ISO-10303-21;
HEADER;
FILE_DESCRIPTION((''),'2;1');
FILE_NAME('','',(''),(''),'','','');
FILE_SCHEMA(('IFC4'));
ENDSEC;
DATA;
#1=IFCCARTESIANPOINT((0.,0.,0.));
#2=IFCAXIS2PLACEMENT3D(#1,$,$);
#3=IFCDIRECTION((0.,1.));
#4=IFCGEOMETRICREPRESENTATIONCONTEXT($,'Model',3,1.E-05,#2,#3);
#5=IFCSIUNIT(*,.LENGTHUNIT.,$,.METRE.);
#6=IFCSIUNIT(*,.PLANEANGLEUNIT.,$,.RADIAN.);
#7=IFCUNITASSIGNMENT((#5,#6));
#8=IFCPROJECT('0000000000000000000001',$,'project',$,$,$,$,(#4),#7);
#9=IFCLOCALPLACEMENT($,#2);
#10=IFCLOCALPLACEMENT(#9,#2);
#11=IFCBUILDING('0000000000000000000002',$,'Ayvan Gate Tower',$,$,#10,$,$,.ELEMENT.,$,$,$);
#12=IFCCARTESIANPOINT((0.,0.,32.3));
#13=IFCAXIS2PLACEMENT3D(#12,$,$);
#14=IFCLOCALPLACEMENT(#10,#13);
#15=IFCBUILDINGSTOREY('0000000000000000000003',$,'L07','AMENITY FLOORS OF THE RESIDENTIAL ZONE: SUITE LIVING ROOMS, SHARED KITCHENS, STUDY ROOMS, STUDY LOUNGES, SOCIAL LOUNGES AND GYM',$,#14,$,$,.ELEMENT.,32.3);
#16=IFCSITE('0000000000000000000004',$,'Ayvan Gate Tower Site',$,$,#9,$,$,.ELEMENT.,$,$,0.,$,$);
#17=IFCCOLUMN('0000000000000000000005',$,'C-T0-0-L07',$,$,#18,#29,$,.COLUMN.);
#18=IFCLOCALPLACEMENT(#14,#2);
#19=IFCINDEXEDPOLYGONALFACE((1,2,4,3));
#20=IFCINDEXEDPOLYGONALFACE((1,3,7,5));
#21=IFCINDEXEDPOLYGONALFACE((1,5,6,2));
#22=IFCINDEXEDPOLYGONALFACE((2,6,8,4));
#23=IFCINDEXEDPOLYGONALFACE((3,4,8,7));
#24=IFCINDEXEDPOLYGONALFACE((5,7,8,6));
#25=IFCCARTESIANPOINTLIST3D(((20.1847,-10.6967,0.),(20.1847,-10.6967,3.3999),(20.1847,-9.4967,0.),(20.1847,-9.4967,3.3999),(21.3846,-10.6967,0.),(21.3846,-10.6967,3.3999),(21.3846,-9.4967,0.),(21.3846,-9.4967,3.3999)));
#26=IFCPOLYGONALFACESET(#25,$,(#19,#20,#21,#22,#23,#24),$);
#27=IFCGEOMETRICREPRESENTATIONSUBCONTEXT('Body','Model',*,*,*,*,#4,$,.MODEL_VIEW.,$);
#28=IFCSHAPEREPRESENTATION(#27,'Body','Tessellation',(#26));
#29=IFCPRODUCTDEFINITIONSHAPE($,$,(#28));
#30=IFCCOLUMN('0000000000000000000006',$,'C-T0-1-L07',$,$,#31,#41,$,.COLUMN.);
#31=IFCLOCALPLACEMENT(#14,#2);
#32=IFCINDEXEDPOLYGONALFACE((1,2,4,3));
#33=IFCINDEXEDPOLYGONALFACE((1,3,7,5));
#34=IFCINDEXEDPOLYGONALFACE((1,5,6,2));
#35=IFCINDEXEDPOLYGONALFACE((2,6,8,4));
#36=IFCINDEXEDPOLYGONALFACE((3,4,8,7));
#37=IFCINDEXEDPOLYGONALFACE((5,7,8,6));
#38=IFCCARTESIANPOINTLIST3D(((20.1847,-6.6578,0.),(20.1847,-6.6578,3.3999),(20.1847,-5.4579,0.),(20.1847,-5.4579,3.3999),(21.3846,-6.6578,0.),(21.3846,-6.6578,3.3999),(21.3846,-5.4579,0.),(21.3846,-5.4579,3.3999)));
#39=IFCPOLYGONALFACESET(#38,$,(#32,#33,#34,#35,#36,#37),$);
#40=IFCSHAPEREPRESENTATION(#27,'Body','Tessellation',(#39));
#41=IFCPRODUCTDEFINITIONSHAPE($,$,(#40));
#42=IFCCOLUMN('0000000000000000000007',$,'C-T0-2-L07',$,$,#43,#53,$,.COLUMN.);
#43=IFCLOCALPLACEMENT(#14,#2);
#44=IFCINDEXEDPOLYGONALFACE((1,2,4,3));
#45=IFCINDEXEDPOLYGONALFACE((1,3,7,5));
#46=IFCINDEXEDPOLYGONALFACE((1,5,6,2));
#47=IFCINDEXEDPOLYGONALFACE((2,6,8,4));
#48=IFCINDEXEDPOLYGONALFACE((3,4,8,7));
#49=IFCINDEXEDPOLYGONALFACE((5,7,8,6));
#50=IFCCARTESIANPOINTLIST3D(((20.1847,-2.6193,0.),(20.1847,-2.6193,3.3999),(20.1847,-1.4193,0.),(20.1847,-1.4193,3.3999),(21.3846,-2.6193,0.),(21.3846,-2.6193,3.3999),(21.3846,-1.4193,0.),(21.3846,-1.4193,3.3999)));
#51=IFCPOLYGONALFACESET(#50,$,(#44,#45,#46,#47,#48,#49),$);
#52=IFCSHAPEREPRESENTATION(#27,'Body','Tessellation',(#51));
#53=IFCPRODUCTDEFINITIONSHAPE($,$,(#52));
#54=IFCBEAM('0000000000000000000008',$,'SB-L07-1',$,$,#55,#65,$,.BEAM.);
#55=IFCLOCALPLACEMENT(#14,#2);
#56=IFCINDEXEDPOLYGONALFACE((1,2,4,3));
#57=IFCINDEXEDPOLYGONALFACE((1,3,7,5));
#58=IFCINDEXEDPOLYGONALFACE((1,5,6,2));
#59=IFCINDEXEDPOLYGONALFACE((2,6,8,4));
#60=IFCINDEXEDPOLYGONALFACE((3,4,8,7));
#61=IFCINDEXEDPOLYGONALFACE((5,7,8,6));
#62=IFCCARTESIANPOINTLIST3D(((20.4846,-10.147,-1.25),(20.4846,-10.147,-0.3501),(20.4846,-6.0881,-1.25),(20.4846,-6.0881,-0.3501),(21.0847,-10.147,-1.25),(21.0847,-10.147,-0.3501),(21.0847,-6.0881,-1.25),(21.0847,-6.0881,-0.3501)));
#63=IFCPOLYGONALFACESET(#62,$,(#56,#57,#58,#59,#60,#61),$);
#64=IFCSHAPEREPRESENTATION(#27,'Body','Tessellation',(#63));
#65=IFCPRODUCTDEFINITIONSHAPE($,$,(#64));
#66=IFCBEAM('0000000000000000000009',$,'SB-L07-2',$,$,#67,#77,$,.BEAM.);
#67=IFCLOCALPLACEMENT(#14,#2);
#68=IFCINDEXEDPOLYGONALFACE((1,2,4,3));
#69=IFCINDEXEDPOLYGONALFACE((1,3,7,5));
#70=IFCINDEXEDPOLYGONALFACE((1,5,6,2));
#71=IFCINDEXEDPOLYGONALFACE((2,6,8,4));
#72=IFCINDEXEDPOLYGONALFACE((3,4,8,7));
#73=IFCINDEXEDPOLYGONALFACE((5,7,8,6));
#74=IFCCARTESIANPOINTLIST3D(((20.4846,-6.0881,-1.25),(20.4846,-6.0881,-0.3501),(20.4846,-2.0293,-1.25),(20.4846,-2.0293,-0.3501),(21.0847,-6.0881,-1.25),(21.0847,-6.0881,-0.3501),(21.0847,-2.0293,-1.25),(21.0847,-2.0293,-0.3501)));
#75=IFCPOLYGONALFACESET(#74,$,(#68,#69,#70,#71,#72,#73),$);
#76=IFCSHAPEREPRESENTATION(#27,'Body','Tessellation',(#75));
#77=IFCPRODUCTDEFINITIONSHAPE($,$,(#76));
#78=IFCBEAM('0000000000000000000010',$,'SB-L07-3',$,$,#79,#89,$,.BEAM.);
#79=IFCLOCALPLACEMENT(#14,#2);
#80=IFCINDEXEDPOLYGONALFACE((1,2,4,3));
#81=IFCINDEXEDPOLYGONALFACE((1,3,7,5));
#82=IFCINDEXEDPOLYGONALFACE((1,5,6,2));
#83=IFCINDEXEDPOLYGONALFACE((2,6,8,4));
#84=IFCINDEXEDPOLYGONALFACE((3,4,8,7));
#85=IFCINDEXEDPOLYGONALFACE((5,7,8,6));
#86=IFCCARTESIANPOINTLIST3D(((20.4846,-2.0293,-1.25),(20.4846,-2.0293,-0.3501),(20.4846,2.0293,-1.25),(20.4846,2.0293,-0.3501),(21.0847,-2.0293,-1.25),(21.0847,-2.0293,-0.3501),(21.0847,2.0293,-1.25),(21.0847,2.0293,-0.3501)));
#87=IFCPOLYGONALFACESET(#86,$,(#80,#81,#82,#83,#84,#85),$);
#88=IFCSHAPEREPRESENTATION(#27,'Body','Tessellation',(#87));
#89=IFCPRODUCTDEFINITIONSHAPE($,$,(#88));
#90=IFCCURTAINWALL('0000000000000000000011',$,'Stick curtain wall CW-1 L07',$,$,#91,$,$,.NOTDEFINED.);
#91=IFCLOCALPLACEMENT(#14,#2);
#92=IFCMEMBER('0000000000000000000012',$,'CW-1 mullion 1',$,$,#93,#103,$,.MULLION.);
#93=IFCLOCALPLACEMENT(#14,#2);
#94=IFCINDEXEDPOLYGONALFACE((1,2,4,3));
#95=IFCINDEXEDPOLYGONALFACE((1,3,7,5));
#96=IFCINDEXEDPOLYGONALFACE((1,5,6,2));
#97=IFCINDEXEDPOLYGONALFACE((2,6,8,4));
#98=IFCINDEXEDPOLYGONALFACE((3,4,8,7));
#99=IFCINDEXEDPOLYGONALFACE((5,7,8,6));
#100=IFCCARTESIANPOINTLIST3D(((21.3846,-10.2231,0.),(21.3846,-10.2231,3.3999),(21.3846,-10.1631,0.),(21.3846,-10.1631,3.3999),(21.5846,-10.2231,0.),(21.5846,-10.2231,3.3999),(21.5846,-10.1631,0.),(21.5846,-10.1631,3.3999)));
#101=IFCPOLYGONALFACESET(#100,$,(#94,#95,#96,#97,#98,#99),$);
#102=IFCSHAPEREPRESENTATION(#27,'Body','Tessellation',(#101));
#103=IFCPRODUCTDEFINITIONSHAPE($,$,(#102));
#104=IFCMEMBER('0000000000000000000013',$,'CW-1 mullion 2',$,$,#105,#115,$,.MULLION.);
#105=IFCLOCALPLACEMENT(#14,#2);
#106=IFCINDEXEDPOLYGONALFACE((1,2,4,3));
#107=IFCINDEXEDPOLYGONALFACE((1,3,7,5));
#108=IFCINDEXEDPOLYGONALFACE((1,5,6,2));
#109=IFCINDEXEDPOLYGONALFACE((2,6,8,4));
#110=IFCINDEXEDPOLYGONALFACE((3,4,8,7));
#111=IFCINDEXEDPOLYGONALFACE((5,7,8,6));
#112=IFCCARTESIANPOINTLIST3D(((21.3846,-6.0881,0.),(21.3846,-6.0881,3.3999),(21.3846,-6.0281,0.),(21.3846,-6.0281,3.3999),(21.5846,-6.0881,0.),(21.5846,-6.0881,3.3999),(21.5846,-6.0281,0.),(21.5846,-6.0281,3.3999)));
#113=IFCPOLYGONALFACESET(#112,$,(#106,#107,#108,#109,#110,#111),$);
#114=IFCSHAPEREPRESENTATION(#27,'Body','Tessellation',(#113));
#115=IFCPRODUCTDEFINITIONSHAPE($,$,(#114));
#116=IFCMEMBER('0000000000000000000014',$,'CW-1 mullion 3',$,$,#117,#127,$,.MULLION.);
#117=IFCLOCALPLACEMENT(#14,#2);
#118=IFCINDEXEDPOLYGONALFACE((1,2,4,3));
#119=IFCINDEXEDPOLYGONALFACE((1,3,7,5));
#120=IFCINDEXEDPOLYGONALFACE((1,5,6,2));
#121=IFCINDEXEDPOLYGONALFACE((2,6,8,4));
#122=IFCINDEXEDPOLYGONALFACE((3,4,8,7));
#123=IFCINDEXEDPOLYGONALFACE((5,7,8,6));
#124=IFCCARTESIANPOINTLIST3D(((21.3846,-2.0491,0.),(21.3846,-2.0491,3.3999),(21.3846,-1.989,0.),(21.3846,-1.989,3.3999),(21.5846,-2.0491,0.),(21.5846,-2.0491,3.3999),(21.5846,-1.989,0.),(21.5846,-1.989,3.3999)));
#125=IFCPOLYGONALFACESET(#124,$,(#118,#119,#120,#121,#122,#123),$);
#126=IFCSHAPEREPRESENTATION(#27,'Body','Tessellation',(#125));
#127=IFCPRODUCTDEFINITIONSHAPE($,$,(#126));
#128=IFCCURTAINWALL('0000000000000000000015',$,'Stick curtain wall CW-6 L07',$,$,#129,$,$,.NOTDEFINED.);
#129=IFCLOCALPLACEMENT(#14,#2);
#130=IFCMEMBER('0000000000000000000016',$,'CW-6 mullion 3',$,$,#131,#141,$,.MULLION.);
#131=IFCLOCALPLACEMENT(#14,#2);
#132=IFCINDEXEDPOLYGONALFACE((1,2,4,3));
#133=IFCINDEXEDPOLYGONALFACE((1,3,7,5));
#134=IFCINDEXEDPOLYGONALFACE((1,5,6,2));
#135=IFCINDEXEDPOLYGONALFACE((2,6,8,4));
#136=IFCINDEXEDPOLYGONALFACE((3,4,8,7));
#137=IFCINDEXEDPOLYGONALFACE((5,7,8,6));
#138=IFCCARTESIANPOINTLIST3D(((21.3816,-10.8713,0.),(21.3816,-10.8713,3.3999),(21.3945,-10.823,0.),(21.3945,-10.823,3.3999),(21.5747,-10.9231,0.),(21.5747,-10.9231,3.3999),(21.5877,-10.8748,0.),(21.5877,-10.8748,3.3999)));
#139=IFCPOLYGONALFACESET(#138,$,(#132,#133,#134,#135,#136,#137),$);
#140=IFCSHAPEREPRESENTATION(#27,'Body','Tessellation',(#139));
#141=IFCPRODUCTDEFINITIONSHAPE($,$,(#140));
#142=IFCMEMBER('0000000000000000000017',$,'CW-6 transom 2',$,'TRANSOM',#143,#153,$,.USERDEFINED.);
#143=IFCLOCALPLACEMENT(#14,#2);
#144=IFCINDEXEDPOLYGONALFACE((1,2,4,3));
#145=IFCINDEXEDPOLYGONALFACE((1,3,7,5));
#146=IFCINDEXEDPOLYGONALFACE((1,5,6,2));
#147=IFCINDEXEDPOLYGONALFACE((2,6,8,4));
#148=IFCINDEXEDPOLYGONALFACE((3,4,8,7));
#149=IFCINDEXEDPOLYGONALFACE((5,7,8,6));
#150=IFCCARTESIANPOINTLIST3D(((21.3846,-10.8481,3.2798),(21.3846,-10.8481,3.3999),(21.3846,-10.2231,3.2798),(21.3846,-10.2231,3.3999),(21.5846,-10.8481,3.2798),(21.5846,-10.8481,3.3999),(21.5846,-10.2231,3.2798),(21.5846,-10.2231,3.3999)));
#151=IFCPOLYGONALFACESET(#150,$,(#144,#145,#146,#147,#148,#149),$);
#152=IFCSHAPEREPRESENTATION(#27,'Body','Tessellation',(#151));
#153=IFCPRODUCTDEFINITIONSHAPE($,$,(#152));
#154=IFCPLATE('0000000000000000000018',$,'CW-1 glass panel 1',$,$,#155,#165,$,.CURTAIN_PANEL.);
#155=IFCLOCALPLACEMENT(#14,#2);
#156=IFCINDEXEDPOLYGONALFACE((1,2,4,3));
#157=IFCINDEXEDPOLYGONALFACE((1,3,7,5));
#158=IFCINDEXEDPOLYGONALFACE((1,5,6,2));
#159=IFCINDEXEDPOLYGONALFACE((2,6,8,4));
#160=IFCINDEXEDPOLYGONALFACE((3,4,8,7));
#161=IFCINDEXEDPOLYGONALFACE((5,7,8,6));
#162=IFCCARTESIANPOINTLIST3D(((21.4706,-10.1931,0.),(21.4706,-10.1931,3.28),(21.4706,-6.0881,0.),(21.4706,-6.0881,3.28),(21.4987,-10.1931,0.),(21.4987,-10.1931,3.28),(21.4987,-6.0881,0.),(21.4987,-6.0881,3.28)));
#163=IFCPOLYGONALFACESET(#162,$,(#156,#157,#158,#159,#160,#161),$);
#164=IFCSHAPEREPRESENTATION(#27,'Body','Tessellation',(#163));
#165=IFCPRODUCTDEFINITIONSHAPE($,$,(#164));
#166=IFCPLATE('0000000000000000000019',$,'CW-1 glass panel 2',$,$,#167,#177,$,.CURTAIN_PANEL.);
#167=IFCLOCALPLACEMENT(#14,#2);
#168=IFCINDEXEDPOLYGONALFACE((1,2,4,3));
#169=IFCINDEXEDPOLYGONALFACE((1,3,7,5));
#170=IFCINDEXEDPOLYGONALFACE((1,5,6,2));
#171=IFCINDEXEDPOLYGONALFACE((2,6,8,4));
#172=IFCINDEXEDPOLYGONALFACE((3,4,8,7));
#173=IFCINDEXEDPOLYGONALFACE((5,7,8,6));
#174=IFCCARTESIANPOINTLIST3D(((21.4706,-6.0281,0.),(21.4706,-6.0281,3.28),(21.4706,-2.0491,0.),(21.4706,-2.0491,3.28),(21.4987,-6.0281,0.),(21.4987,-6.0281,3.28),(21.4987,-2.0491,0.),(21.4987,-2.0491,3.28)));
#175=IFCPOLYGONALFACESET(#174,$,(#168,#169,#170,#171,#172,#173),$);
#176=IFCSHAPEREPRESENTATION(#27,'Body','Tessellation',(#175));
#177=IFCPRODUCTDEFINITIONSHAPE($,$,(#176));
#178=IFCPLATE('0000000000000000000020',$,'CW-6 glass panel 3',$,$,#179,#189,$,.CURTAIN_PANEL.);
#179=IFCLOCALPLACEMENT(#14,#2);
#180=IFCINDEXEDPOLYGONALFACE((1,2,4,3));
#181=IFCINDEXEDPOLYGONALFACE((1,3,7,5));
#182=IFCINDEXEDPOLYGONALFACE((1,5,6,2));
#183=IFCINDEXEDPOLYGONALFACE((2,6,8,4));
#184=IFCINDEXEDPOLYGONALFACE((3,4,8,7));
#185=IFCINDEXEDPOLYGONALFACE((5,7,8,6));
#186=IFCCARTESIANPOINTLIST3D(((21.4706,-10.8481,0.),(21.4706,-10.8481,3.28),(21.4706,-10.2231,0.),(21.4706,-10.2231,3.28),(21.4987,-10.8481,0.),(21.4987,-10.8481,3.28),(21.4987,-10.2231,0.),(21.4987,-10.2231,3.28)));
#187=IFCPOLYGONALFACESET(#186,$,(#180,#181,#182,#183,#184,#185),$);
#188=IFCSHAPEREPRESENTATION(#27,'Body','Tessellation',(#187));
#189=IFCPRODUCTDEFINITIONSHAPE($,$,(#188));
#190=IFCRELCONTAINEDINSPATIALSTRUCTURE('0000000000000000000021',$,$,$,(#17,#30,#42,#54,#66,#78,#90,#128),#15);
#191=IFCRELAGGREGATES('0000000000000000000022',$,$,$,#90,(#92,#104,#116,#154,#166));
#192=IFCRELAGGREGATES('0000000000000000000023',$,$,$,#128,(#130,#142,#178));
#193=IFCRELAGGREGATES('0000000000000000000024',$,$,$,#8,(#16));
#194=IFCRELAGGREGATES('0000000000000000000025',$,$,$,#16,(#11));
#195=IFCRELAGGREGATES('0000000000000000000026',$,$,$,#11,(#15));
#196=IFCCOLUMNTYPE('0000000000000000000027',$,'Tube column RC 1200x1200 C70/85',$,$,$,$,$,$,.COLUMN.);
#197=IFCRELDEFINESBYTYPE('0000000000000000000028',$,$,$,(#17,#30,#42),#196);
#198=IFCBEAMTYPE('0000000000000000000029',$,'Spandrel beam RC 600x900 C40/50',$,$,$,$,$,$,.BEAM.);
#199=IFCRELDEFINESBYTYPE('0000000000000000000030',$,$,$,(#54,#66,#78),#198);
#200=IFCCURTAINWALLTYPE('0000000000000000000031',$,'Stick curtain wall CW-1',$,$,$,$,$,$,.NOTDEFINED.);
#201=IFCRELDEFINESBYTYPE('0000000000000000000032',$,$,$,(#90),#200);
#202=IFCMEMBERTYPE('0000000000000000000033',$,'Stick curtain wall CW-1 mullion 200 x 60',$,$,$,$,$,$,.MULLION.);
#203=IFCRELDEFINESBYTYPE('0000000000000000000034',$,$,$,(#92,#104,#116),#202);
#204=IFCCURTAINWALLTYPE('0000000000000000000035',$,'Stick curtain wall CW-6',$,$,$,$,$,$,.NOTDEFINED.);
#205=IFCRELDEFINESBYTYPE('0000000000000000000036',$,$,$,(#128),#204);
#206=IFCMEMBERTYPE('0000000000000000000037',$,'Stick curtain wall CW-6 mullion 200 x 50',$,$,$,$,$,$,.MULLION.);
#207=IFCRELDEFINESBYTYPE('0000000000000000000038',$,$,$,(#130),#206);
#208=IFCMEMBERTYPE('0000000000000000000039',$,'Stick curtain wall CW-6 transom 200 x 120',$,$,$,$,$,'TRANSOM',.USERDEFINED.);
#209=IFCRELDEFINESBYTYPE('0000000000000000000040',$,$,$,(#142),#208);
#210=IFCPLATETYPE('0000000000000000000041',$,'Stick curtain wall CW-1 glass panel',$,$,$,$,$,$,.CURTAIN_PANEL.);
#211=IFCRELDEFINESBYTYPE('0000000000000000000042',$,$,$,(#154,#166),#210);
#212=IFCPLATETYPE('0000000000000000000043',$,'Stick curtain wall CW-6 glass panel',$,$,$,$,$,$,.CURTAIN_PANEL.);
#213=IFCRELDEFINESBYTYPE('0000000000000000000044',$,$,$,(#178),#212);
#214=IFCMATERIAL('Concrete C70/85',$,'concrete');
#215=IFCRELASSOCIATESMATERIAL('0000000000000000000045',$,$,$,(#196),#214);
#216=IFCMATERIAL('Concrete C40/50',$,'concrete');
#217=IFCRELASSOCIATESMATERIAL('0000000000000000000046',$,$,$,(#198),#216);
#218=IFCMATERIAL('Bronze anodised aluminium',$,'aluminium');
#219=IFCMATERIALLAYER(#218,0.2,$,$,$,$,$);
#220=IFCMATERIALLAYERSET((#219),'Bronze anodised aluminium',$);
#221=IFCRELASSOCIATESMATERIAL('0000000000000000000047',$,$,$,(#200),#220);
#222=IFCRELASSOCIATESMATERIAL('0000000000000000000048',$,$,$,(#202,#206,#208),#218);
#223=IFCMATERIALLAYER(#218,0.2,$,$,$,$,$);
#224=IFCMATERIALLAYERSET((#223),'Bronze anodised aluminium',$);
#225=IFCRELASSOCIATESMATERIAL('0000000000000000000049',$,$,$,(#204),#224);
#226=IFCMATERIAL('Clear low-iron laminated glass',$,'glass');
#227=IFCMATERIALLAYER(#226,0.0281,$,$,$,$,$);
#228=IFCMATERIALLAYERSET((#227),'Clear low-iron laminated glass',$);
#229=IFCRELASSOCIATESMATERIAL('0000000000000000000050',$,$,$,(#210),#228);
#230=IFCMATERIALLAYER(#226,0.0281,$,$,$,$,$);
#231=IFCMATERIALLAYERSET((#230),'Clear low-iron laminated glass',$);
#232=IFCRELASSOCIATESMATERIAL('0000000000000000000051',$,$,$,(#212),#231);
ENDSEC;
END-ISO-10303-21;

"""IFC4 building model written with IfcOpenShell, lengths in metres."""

from ifc_helpers import new_model, si_unit, direction, frame, origin, origin_2d, place, context, subcontext, project, spatial, rectangle, extrude, material, layer, layer_set, material_profile, profile_set, type_object, element, aggregate, save


model = new_model("IFC4")

# Units and contexts
model_context = context("Model", 3, precision=1e-05, world=origin(), true_north=direction((0.0, 1.0)))
body_context = subcontext(model_context, "Body", "Model", "MODEL_VIEW")
ifc_project = project(units=[si_unit("LENGTHUNIT", "METRE"), si_unit("PLANEANGLEUNIT", "RADIAN")], contexts=[model_context])

# Site, building, storey
site_placement = place(None, origin())
site = spatial("IfcSite", under=ifc_project, at=site_placement, Name="Ayvan Gate Tower Site", CompositionType="ELEMENT", RefElevation=0.0)
building_placement = place(site_placement, origin())
building = spatial("IfcBuilding", under=site, at=building_placement, Name="Ayvan Gate Tower", CompositionType="ELEMENT")
storey_placement = place(building_placement, frame((0.0, 0.0, 32.3)))
storey = spatial("IfcBuildingStorey", under=building, at=storey_placement, Name="L07", Description="AMENITY FLOORS OF THE RESIDENTIAL ZONE: SUITE LIVING ROOMS, SHARED KITCHENS, STUDY ROOMS, STUDY LOUNGES, SOCIAL LOUNGES AND GYM", CompositionType="ELEMENT", Elevation=32.3)

# Columns
ifc_material_1 = material(Name="Concrete C70/85", Category="concrete")
ifc_material_profile_1 = material_profile(ifc_material_1, rectangle(XDim=1.2, YDim=1.2, at=origin_2d()), Name="RC 1200x1200")
ifc_profile_set_1 = profile_set([ifc_material_profile_1], Name="Concrete C70/85")
column_type = type_object("IfcColumnType", Name="Tube column RC 1200x1200 C70/85", PredefinedType="COLUMN", material=ifc_profile_set_1)
for number, where, z_axis, x_axis, name in (
    (1, (20.7847, -10.0967, 0.0), (0.0, 0.0, 1.0), (1.0, 0.0, 0.0), "C-T0-0-L07"),
    (2, (20.7847, -6.0579, 0.0), (0.0, 0.0, 1.0), (1.0, 0.0, 0.0), "C-T0-1-L07"),
    (3, (20.7847, -2.0193, 0.0), (0.0, 0.0, 1.0), (1.0, 0.0, 0.0), "C-T0-2-L07"),
):
    element("IfcColumn", number, at=place(storey_placement, frame(where, z_axis=z_axis, x_axis=x_axis)), inside=storey, type_object=column_type, Name=name, PredefinedType="COLUMN", context=body_context, shape_type="SweptSolid", body=[
        extrude(rectangle(XDim=1.2, YDim=1.2, at=origin_2d()), origin(), (0.0, 0.0, 1.0), 3.3999),
    ])

# Beams
ifc_material_2 = material(Name="Concrete C40/50", Category="concrete")
ifc_material_profile_2 = material_profile(ifc_material_2, rectangle(XDim=0.6001, YDim=0.8999, at=origin_2d()), Name="RC 600x900")
ifc_profile_set_2 = profile_set([ifc_material_profile_2], Name="Concrete C40/50")
beam_type = type_object("IfcBeamType", Name="Spandrel beam RC 600x900 C40/50", PredefinedType="BEAM", material=ifc_profile_set_2)
for number, where, z_axis, x_axis, name in (
    (4, (20.7847, -10.147, -0.8), (0.0, 1.0, 0.0), (-1.0, 0.0, 0.0), "SB-L07-1"),
    (5, (20.7847, -6.0881, -0.8), (0.0, 1.0, 0.0), (-1.0, 0.0, 0.0), "SB-L07-2"),
):
    element("IfcBeam", number, at=place(storey_placement, frame(where, z_axis=z_axis, x_axis=x_axis)), inside=storey, type_object=beam_type, Name=name, PredefinedType="BEAM", context=body_context, shape_type="SweptSolid", body=[
        extrude(rectangle(XDim=0.6001, YDim=0.8999, at=origin_2d()), origin(), (0.0, 0.0, 1.0), 4.0588),
    ])
beam_placement = place(storey_placement, frame((20.7847, -2.0293, -0.8), z_axis=(0.0, 1.0, 0.0), x_axis=(-1.0, 0.0, 0.0)))
element("IfcBeam", 6, at=beam_placement, inside=storey, type_object=beam_type, Name="SB-L07-3", PredefinedType="BEAM", context=body_context, shape_type="SweptSolid", body=[
    extrude(rectangle(XDim=0.6001, YDim=0.8999, at=origin_2d()), origin(), (0.0, 0.0, 1.0), 4.0586),
])

# Curtain walls, members
ifc_material_3 = material(Name="Bronze anodised aluminium", Category="aluminium")
ifc_layer_1 = layer(ifc_material_3, 0.2)
ifc_layer_set_1 = layer_set([ifc_layer_1], Name="Bronze anodised aluminium")
curtain_wall_type_1 = type_object("IfcCurtainWallType", Name="Stick curtain wall CW-1", PredefinedType="NOTDEFINED", material=ifc_layer_set_1)
curtain_wall_1_placement = place(storey_placement, origin())
curtain_wall_1 = element("IfcCurtainWall", 7, at=curtain_wall_1_placement, inside=storey, type_object=curtain_wall_type_1, Name="Stick curtain wall CW-1 L07", PredefinedType="NOTDEFINED")
ifc_material_profile_3 = material_profile(ifc_material_3, rectangle(XDim=0.2, YDim=0.0601, at=origin_2d()), Name="Stick curtain wall CW-1 mullion 200 x 60")
ifc_profile_set_3 = profile_set([ifc_material_profile_3], Name="Bronze anodised aluminium")
member_type_1 = type_object("IfcMemberType", Name="Stick curtain wall CW-1 mullion 200 x 60", PredefinedType="MULLION", material=ifc_profile_set_3)
member_1_placement = place(storey_placement, frame((21.4846, -10.1931, 0.0), z_axis=(0.0, 0.0, 1.0), x_axis=(1.0, 0.0, 0.0)))
member_1 = element("IfcMember", 8, at=member_1_placement, type_object=member_type_1, Name="CW-1 mullion 1", PredefinedType="MULLION", context=body_context, shape_type="SweptSolid", body=[
    extrude(rectangle(XDim=0.2, YDim=0.0601, at=origin_2d()), origin(), (0.0, 0.0, 1.0), 3.3999),
])
member_2_placement = place(storey_placement, frame((21.4846, -6.0581, 0.0), z_axis=(0.0, 0.0, 1.0), x_axis=(1.0, 0.0, 0.0)))
member_2 = element("IfcMember", 9, at=member_2_placement, type_object=member_type_1, Name="CW-1 mullion 2", PredefinedType="MULLION", context=body_context, shape_type="SweptSolid", body=[
    extrude(rectangle(XDim=0.2, YDim=0.0601, at=origin_2d()), origin(), (0.0, 0.0, 1.0), 3.3999),
])
member_3_placement = place(storey_placement, frame((21.4846, -2.019, 0.0), z_axis=(0.0, 0.0, 1.0), x_axis=(1.0, 0.0, 0.0)))
member_3 = element("IfcMember", 10, at=member_3_placement, type_object=member_type_1, Name="CW-1 mullion 3", PredefinedType="MULLION", context=body_context, shape_type="SweptSolid", body=[
    extrude(rectangle(XDim=0.2, YDim=0.0601, at=origin_2d()), origin(), (0.0, 0.0, 1.0), 3.3999),
])
ifc_layer_2 = layer(ifc_material_3, 0.2)
ifc_layer_set_2 = layer_set([ifc_layer_2], Name="Bronze anodised aluminium")
curtain_wall_type_2 = type_object("IfcCurtainWallType", Name="Stick curtain wall CW-6", PredefinedType="NOTDEFINED", material=ifc_layer_set_2)
curtain_wall_2_placement = place(storey_placement, origin())
curtain_wall_2 = element("IfcCurtainWall", 11, at=curtain_wall_2_placement, inside=storey, type_object=curtain_wall_type_2, Name="Stick curtain wall CW-6 L07", PredefinedType="NOTDEFINED")
ifc_material_profile_4 = material_profile(ifc_material_3, rectangle(XDim=0.2, YDim=0.05, at=origin_2d()), Name="Stick curtain wall CW-6 mullion 200 x 50")
ifc_profile_set_4 = profile_set([ifc_material_profile_4], Name="Bronze anodised aluminium")
member_type_2 = type_object("IfcMemberType", Name="Stick curtain wall CW-6 mullion 200 x 50", PredefinedType="MULLION", material=ifc_profile_set_4)
member_4_placement = place(storey_placement, frame((21.4846, -10.873, 0.0), z_axis=(0.0, 0.0, 1.0), x_axis=(0.965926, -0.258819, 0.0)))
member_4 = element("IfcMember", 12, at=member_4_placement, type_object=member_type_2, Name="CW-6 mullion 3", PredefinedType="MULLION", context=body_context, shape_type="SweptSolid", body=[
    extrude(rectangle(XDim=0.2, YDim=0.05, at=origin_2d()), origin(), (0.0, 0.0, 1.0), 3.3999),
])
ifc_material_profile_5 = material_profile(ifc_material_3, rectangle(XDim=0.2, YDim=0.1201, at=origin_2d()), Name="Stick curtain wall CW-6 transom 200 x 120")
ifc_profile_set_5 = profile_set([ifc_material_profile_5], Name="Bronze anodised aluminium")
member_type_3 = type_object("IfcMemberType", Name="Stick curtain wall CW-6 transom 200 x 120", ElementType="TRANSOM", PredefinedType="USERDEFINED", material=ifc_profile_set_5)
member_5_placement = place(storey_placement, frame((21.4846, -10.8481, 3.3398), z_axis=(0.0, 1.0, 0.0), x_axis=(-1.0, 0.0, 0.0)))
member_5 = element("IfcMember", 13, at=member_5_placement, type_object=member_type_3, Name="CW-6 transom 2", ObjectType="TRANSOM", PredefinedType="USERDEFINED", context=body_context, shape_type="SweptSolid", body=[
    extrude(rectangle(XDim=0.2, YDim=0.1201, at=origin_2d()), origin(), (0.0, 0.0, 1.0), 0.625),
])

# Plates
ifc_material_4 = material(Name="Clear low-iron laminated glass", Category="glass")
ifc_layer_3 = layer(ifc_material_4, 0.0281)
ifc_layer_set_3 = layer_set([ifc_layer_3], Name="Clear low-iron laminated glass")
plate_type_1 = type_object("IfcPlateType", Name="Stick curtain wall CW-1 glass panel", PredefinedType="CURTAIN_PANEL", material=ifc_layer_set_3)
plate_1_placement = place(storey_placement, frame((21.4846, -8.1406, 0.0), z_axis=(0.0, 0.0, 1.0), x_axis=(0.0, 1.0, 0.0)))
plate_1 = element("IfcPlate", 14, at=plate_1_placement, type_object=plate_type_1, Name="CW-1 glass panel 1", PredefinedType="CURTAIN_PANEL", context=body_context, shape_type="SweptSolid", body=[
    extrude(rectangle(XDim=4.105, YDim=0.0281, at=origin_2d()), origin(), (0.0, 0.0, 1.0), 3.28),
])
plate_2_placement = place(storey_placement, frame((21.4846, -4.0386, 0.0), z_axis=(0.0, 0.0, 1.0), x_axis=(0.0, 1.0, 0.0)))
plate_2 = element("IfcPlate", 15, at=plate_2_placement, type_object=plate_type_1, Name="CW-1 glass panel 2", PredefinedType="CURTAIN_PANEL", context=body_context, shape_type="SweptSolid", body=[
    extrude(rectangle(XDim=3.979, YDim=0.0281, at=origin_2d()), origin(), (0.0, 0.0, 1.0), 3.28),
])
aggregate(curtain_wall_1, [member_1, member_2, member_3, plate_1, plate_2])
ifc_layer_4 = layer(ifc_material_4, 0.0281)
ifc_layer_set_4 = layer_set([ifc_layer_4], Name="Clear low-iron laminated glass")
plate_type_2 = type_object("IfcPlateType", Name="Stick curtain wall CW-6 glass panel", PredefinedType="CURTAIN_PANEL", material=ifc_layer_set_4)
plate_3_placement = place(storey_placement, frame((21.4846, -10.5356, 0.0), z_axis=(0.0, 0.0, 1.0), x_axis=(0.0, 1.0, 0.0)))
plate_3 = element("IfcPlate", 16, at=plate_3_placement, type_object=plate_type_2, Name="CW-6 glass panel 3", PredefinedType="CURTAIN_PANEL", context=body_context, shape_type="SweptSolid", body=[
    extrude(rectangle(XDim=0.625, YDim=0.0281, at=origin_2d()), origin(), (0.0, 0.0, 1.0), 3.28),
])
aggregate(curtain_wall_2, [member_4, member_5, plate_3])

save(model, "model.ifc")
